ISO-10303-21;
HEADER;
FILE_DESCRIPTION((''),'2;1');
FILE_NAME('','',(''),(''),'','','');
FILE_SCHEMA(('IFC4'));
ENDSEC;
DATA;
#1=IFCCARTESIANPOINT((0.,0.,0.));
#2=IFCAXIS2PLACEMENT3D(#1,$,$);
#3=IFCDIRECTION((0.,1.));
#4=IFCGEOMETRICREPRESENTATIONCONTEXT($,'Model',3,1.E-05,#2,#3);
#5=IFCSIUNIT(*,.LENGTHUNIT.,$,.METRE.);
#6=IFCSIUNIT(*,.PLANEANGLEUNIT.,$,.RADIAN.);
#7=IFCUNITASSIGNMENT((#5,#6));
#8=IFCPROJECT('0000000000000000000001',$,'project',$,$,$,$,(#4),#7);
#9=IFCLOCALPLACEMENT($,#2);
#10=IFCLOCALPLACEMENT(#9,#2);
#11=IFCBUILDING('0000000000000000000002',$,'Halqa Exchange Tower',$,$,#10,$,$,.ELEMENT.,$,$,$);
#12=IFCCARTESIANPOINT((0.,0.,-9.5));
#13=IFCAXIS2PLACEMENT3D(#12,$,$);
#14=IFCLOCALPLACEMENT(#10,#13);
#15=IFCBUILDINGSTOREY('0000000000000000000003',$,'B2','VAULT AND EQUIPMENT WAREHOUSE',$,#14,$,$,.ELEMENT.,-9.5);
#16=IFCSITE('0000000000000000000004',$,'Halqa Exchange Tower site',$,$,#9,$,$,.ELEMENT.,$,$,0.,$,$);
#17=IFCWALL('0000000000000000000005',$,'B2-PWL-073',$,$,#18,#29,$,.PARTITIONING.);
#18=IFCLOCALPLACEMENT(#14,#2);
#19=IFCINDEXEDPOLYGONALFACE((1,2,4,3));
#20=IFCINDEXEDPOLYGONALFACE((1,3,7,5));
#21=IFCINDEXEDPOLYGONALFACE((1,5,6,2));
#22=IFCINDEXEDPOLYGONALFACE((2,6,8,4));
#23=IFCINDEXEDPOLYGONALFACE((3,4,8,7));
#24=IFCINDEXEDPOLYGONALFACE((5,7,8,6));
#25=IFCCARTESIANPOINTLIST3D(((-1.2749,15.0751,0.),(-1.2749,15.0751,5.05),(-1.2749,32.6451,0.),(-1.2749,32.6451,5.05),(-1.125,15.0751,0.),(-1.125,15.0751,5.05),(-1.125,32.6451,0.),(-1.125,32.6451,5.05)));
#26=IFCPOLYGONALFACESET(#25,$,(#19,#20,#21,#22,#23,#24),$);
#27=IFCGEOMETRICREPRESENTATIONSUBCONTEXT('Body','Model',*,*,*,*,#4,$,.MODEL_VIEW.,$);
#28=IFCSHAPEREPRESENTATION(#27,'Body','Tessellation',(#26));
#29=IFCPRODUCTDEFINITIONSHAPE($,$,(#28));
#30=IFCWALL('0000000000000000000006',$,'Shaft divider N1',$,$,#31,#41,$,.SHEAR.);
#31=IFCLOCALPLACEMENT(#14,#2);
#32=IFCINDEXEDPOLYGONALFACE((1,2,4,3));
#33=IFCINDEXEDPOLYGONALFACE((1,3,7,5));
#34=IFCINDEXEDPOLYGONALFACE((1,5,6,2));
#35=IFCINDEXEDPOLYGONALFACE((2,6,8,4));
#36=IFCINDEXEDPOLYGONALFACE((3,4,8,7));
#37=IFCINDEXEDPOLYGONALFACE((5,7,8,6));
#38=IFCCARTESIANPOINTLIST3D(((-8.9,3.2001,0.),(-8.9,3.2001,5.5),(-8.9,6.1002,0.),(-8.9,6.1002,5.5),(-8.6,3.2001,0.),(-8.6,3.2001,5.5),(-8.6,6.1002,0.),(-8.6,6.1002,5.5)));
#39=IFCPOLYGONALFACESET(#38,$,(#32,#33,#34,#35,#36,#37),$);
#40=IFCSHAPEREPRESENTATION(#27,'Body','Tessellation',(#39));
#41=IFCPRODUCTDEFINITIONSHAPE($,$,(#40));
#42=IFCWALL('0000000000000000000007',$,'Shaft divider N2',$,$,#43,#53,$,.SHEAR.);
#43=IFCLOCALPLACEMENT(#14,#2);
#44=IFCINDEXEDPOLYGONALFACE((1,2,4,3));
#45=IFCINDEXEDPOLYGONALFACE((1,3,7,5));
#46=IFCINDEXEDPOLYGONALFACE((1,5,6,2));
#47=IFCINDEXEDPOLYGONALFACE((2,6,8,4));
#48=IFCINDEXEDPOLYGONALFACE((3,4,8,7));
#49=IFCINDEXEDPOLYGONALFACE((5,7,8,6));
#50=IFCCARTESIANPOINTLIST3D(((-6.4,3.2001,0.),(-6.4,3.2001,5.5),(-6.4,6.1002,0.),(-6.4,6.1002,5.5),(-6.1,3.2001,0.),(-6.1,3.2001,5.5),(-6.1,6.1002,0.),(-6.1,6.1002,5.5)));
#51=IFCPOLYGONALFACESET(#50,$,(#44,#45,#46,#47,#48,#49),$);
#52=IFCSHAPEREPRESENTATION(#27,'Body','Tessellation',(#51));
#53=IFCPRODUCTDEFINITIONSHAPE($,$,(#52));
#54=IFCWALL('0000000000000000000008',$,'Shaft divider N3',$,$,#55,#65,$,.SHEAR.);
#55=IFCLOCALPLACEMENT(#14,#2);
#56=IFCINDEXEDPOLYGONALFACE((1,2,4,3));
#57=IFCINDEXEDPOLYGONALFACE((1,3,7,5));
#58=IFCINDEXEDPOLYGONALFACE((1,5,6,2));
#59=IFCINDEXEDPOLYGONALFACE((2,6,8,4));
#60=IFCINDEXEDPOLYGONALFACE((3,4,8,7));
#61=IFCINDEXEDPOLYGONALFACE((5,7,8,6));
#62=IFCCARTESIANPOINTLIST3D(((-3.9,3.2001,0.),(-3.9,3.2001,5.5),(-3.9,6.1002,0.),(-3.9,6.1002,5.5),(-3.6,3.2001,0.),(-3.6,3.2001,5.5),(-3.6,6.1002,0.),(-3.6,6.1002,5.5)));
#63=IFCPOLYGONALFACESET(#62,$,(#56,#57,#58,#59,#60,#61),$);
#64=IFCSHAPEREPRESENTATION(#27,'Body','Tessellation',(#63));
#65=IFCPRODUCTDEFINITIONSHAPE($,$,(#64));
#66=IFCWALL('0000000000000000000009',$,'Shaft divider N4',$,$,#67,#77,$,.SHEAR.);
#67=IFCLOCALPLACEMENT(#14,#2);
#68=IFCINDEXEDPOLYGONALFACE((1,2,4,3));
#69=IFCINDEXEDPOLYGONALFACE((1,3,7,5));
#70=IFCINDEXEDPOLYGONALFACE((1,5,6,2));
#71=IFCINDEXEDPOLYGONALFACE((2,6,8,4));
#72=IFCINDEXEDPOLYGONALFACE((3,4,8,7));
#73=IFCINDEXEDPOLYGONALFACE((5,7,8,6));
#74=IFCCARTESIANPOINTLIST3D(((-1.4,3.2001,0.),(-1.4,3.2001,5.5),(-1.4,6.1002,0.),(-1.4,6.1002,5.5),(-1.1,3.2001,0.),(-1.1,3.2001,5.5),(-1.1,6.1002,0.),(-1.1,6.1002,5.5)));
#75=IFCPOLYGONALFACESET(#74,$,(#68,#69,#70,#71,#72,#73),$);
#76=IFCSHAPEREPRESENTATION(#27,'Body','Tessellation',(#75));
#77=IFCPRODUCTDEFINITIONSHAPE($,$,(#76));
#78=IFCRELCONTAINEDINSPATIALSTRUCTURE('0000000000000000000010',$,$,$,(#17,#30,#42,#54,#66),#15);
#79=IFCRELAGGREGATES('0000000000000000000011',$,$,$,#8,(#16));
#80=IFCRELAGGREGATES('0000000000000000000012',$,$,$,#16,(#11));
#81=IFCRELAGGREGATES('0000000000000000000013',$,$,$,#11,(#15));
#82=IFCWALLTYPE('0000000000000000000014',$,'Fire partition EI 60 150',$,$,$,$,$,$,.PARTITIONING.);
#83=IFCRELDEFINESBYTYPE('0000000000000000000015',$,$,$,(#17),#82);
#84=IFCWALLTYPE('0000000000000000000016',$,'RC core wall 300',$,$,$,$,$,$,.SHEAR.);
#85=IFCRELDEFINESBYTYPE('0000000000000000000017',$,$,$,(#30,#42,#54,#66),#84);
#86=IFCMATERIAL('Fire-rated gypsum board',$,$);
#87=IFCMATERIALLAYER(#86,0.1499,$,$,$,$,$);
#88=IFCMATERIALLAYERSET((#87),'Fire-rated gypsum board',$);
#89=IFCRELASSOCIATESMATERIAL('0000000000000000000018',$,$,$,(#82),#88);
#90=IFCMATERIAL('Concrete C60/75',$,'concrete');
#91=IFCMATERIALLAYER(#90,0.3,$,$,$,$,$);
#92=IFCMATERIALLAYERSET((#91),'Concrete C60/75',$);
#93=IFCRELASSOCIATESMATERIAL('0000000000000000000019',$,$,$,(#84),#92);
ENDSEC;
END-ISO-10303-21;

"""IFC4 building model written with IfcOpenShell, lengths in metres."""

from ifc_helpers import new_model, si_unit, direction, frame, frame_2d, origin, place, context, subcontext, project, spatial, rectangle, extrude, material, layer, layer_set, type_object, element, save


model = new_model("IFC4")

# Units and contexts
model_context = context("Model", 3, precision=1e-05, world=origin(), true_north=direction((0.0, 1.0)))
body_context = subcontext(model_context, "Body", "Model", "MODEL_VIEW")
ifc_project = project(units=[si_unit("LENGTHUNIT", "METRE"), si_unit("PLANEANGLEUNIT", "RADIAN")], contexts=[model_context])

# Site, building, storey
site_placement = place(None, origin())
site = spatial("IfcSite", under=ifc_project, at=site_placement, Name="Halqa Exchange Tower site", CompositionType="ELEMENT", RefElevation=0.0)
building_placement = place(site_placement, origin())
building = spatial("IfcBuilding", under=site, at=building_placement, Name="Halqa Exchange Tower", CompositionType="ELEMENT")
storey_placement = place(building_placement, frame((0.0, 0.0, -9.5)))
storey = spatial("IfcBuildingStorey", under=building, at=storey_placement, Name="B2", Description="VAULT AND EQUIPMENT WAREHOUSE", CompositionType="ELEMENT", Elevation=-9.5)

# Shared definitions
ifc_material_1 = material(Name="Concrete C60/75", Category="concrete")

# Walls
ifc_material_2 = material(Name="Fire-rated gypsum board")
ifc_layer_1 = layer(ifc_material_2, 0.1499)
ifc_layer_set_1 = layer_set([ifc_layer_1], Name="Fire-rated gypsum board")
wall_type_1 = type_object("IfcWallType", Name="Fire partition EI 60 150", PredefinedType="PARTITIONING", material=ifc_layer_set_1)
wall_placement = place(storey_placement, frame((-1.2, 15.075, 0.0), z_axis=(0.0, 0.0, 1.0), x_axis=(0.0, 1.0, 0.0)))
element("IfcWall", 1, at=wall_placement, inside=storey, type_object=wall_type_1, Name="B2-PWL-073", PredefinedType="PARTITIONING", context=body_context, shape_type="SweptSolid", body=[
    extrude(rectangle(XDim=17.5701, YDim=0.1499, at=frame_2d((8.7852, 0.0))), origin(), (0.0, 0.0, 1.0), 5.05),
])
ifc_layer_2 = layer(ifc_material_1, 0.3)
ifc_layer_set_2 = layer_set([ifc_layer_2], Name="Concrete C60/75")
wall_type_2 = type_object("IfcWallType", Name="RC core wall 300", PredefinedType="SHEAR", material=ifc_layer_set_2)
for number, where, z_axis, x_axis, name in (
    (2, (-8.75, 3.2, 0.0), (0.0, 0.0, 1.0), (0.0, 1.0, 0.0), "Shaft divider N1"),
    (3, (-6.25, 3.2, 0.0), (0.0, 0.0, 1.0), (0.0, 1.0, 0.0), "Shaft divider N2"),
    (4, (-3.75, 3.2, 0.0), (0.0, 0.0, 1.0), (0.0, 1.0, 0.0), "Shaft divider N3"),
    (5, (-1.25, 3.2, 0.0), (0.0, 0.0, 1.0), (0.0, 1.0, 0.0), "Shaft divider N4"),
):
    element("IfcWall", number, at=place(storey_placement, frame(where, z_axis=z_axis, x_axis=x_axis)), inside=storey, type_object=wall_type_2, Name=name, PredefinedType="SHEAR", context=body_context, shape_type="SweptSolid", body=[
        extrude(rectangle(XDim=2.9001, YDim=0.3, at=frame_2d((1.4502, 0.0))), origin(), (0.0, 0.0, 1.0), 5.5),
    ])

save(model, "model.ifc")
